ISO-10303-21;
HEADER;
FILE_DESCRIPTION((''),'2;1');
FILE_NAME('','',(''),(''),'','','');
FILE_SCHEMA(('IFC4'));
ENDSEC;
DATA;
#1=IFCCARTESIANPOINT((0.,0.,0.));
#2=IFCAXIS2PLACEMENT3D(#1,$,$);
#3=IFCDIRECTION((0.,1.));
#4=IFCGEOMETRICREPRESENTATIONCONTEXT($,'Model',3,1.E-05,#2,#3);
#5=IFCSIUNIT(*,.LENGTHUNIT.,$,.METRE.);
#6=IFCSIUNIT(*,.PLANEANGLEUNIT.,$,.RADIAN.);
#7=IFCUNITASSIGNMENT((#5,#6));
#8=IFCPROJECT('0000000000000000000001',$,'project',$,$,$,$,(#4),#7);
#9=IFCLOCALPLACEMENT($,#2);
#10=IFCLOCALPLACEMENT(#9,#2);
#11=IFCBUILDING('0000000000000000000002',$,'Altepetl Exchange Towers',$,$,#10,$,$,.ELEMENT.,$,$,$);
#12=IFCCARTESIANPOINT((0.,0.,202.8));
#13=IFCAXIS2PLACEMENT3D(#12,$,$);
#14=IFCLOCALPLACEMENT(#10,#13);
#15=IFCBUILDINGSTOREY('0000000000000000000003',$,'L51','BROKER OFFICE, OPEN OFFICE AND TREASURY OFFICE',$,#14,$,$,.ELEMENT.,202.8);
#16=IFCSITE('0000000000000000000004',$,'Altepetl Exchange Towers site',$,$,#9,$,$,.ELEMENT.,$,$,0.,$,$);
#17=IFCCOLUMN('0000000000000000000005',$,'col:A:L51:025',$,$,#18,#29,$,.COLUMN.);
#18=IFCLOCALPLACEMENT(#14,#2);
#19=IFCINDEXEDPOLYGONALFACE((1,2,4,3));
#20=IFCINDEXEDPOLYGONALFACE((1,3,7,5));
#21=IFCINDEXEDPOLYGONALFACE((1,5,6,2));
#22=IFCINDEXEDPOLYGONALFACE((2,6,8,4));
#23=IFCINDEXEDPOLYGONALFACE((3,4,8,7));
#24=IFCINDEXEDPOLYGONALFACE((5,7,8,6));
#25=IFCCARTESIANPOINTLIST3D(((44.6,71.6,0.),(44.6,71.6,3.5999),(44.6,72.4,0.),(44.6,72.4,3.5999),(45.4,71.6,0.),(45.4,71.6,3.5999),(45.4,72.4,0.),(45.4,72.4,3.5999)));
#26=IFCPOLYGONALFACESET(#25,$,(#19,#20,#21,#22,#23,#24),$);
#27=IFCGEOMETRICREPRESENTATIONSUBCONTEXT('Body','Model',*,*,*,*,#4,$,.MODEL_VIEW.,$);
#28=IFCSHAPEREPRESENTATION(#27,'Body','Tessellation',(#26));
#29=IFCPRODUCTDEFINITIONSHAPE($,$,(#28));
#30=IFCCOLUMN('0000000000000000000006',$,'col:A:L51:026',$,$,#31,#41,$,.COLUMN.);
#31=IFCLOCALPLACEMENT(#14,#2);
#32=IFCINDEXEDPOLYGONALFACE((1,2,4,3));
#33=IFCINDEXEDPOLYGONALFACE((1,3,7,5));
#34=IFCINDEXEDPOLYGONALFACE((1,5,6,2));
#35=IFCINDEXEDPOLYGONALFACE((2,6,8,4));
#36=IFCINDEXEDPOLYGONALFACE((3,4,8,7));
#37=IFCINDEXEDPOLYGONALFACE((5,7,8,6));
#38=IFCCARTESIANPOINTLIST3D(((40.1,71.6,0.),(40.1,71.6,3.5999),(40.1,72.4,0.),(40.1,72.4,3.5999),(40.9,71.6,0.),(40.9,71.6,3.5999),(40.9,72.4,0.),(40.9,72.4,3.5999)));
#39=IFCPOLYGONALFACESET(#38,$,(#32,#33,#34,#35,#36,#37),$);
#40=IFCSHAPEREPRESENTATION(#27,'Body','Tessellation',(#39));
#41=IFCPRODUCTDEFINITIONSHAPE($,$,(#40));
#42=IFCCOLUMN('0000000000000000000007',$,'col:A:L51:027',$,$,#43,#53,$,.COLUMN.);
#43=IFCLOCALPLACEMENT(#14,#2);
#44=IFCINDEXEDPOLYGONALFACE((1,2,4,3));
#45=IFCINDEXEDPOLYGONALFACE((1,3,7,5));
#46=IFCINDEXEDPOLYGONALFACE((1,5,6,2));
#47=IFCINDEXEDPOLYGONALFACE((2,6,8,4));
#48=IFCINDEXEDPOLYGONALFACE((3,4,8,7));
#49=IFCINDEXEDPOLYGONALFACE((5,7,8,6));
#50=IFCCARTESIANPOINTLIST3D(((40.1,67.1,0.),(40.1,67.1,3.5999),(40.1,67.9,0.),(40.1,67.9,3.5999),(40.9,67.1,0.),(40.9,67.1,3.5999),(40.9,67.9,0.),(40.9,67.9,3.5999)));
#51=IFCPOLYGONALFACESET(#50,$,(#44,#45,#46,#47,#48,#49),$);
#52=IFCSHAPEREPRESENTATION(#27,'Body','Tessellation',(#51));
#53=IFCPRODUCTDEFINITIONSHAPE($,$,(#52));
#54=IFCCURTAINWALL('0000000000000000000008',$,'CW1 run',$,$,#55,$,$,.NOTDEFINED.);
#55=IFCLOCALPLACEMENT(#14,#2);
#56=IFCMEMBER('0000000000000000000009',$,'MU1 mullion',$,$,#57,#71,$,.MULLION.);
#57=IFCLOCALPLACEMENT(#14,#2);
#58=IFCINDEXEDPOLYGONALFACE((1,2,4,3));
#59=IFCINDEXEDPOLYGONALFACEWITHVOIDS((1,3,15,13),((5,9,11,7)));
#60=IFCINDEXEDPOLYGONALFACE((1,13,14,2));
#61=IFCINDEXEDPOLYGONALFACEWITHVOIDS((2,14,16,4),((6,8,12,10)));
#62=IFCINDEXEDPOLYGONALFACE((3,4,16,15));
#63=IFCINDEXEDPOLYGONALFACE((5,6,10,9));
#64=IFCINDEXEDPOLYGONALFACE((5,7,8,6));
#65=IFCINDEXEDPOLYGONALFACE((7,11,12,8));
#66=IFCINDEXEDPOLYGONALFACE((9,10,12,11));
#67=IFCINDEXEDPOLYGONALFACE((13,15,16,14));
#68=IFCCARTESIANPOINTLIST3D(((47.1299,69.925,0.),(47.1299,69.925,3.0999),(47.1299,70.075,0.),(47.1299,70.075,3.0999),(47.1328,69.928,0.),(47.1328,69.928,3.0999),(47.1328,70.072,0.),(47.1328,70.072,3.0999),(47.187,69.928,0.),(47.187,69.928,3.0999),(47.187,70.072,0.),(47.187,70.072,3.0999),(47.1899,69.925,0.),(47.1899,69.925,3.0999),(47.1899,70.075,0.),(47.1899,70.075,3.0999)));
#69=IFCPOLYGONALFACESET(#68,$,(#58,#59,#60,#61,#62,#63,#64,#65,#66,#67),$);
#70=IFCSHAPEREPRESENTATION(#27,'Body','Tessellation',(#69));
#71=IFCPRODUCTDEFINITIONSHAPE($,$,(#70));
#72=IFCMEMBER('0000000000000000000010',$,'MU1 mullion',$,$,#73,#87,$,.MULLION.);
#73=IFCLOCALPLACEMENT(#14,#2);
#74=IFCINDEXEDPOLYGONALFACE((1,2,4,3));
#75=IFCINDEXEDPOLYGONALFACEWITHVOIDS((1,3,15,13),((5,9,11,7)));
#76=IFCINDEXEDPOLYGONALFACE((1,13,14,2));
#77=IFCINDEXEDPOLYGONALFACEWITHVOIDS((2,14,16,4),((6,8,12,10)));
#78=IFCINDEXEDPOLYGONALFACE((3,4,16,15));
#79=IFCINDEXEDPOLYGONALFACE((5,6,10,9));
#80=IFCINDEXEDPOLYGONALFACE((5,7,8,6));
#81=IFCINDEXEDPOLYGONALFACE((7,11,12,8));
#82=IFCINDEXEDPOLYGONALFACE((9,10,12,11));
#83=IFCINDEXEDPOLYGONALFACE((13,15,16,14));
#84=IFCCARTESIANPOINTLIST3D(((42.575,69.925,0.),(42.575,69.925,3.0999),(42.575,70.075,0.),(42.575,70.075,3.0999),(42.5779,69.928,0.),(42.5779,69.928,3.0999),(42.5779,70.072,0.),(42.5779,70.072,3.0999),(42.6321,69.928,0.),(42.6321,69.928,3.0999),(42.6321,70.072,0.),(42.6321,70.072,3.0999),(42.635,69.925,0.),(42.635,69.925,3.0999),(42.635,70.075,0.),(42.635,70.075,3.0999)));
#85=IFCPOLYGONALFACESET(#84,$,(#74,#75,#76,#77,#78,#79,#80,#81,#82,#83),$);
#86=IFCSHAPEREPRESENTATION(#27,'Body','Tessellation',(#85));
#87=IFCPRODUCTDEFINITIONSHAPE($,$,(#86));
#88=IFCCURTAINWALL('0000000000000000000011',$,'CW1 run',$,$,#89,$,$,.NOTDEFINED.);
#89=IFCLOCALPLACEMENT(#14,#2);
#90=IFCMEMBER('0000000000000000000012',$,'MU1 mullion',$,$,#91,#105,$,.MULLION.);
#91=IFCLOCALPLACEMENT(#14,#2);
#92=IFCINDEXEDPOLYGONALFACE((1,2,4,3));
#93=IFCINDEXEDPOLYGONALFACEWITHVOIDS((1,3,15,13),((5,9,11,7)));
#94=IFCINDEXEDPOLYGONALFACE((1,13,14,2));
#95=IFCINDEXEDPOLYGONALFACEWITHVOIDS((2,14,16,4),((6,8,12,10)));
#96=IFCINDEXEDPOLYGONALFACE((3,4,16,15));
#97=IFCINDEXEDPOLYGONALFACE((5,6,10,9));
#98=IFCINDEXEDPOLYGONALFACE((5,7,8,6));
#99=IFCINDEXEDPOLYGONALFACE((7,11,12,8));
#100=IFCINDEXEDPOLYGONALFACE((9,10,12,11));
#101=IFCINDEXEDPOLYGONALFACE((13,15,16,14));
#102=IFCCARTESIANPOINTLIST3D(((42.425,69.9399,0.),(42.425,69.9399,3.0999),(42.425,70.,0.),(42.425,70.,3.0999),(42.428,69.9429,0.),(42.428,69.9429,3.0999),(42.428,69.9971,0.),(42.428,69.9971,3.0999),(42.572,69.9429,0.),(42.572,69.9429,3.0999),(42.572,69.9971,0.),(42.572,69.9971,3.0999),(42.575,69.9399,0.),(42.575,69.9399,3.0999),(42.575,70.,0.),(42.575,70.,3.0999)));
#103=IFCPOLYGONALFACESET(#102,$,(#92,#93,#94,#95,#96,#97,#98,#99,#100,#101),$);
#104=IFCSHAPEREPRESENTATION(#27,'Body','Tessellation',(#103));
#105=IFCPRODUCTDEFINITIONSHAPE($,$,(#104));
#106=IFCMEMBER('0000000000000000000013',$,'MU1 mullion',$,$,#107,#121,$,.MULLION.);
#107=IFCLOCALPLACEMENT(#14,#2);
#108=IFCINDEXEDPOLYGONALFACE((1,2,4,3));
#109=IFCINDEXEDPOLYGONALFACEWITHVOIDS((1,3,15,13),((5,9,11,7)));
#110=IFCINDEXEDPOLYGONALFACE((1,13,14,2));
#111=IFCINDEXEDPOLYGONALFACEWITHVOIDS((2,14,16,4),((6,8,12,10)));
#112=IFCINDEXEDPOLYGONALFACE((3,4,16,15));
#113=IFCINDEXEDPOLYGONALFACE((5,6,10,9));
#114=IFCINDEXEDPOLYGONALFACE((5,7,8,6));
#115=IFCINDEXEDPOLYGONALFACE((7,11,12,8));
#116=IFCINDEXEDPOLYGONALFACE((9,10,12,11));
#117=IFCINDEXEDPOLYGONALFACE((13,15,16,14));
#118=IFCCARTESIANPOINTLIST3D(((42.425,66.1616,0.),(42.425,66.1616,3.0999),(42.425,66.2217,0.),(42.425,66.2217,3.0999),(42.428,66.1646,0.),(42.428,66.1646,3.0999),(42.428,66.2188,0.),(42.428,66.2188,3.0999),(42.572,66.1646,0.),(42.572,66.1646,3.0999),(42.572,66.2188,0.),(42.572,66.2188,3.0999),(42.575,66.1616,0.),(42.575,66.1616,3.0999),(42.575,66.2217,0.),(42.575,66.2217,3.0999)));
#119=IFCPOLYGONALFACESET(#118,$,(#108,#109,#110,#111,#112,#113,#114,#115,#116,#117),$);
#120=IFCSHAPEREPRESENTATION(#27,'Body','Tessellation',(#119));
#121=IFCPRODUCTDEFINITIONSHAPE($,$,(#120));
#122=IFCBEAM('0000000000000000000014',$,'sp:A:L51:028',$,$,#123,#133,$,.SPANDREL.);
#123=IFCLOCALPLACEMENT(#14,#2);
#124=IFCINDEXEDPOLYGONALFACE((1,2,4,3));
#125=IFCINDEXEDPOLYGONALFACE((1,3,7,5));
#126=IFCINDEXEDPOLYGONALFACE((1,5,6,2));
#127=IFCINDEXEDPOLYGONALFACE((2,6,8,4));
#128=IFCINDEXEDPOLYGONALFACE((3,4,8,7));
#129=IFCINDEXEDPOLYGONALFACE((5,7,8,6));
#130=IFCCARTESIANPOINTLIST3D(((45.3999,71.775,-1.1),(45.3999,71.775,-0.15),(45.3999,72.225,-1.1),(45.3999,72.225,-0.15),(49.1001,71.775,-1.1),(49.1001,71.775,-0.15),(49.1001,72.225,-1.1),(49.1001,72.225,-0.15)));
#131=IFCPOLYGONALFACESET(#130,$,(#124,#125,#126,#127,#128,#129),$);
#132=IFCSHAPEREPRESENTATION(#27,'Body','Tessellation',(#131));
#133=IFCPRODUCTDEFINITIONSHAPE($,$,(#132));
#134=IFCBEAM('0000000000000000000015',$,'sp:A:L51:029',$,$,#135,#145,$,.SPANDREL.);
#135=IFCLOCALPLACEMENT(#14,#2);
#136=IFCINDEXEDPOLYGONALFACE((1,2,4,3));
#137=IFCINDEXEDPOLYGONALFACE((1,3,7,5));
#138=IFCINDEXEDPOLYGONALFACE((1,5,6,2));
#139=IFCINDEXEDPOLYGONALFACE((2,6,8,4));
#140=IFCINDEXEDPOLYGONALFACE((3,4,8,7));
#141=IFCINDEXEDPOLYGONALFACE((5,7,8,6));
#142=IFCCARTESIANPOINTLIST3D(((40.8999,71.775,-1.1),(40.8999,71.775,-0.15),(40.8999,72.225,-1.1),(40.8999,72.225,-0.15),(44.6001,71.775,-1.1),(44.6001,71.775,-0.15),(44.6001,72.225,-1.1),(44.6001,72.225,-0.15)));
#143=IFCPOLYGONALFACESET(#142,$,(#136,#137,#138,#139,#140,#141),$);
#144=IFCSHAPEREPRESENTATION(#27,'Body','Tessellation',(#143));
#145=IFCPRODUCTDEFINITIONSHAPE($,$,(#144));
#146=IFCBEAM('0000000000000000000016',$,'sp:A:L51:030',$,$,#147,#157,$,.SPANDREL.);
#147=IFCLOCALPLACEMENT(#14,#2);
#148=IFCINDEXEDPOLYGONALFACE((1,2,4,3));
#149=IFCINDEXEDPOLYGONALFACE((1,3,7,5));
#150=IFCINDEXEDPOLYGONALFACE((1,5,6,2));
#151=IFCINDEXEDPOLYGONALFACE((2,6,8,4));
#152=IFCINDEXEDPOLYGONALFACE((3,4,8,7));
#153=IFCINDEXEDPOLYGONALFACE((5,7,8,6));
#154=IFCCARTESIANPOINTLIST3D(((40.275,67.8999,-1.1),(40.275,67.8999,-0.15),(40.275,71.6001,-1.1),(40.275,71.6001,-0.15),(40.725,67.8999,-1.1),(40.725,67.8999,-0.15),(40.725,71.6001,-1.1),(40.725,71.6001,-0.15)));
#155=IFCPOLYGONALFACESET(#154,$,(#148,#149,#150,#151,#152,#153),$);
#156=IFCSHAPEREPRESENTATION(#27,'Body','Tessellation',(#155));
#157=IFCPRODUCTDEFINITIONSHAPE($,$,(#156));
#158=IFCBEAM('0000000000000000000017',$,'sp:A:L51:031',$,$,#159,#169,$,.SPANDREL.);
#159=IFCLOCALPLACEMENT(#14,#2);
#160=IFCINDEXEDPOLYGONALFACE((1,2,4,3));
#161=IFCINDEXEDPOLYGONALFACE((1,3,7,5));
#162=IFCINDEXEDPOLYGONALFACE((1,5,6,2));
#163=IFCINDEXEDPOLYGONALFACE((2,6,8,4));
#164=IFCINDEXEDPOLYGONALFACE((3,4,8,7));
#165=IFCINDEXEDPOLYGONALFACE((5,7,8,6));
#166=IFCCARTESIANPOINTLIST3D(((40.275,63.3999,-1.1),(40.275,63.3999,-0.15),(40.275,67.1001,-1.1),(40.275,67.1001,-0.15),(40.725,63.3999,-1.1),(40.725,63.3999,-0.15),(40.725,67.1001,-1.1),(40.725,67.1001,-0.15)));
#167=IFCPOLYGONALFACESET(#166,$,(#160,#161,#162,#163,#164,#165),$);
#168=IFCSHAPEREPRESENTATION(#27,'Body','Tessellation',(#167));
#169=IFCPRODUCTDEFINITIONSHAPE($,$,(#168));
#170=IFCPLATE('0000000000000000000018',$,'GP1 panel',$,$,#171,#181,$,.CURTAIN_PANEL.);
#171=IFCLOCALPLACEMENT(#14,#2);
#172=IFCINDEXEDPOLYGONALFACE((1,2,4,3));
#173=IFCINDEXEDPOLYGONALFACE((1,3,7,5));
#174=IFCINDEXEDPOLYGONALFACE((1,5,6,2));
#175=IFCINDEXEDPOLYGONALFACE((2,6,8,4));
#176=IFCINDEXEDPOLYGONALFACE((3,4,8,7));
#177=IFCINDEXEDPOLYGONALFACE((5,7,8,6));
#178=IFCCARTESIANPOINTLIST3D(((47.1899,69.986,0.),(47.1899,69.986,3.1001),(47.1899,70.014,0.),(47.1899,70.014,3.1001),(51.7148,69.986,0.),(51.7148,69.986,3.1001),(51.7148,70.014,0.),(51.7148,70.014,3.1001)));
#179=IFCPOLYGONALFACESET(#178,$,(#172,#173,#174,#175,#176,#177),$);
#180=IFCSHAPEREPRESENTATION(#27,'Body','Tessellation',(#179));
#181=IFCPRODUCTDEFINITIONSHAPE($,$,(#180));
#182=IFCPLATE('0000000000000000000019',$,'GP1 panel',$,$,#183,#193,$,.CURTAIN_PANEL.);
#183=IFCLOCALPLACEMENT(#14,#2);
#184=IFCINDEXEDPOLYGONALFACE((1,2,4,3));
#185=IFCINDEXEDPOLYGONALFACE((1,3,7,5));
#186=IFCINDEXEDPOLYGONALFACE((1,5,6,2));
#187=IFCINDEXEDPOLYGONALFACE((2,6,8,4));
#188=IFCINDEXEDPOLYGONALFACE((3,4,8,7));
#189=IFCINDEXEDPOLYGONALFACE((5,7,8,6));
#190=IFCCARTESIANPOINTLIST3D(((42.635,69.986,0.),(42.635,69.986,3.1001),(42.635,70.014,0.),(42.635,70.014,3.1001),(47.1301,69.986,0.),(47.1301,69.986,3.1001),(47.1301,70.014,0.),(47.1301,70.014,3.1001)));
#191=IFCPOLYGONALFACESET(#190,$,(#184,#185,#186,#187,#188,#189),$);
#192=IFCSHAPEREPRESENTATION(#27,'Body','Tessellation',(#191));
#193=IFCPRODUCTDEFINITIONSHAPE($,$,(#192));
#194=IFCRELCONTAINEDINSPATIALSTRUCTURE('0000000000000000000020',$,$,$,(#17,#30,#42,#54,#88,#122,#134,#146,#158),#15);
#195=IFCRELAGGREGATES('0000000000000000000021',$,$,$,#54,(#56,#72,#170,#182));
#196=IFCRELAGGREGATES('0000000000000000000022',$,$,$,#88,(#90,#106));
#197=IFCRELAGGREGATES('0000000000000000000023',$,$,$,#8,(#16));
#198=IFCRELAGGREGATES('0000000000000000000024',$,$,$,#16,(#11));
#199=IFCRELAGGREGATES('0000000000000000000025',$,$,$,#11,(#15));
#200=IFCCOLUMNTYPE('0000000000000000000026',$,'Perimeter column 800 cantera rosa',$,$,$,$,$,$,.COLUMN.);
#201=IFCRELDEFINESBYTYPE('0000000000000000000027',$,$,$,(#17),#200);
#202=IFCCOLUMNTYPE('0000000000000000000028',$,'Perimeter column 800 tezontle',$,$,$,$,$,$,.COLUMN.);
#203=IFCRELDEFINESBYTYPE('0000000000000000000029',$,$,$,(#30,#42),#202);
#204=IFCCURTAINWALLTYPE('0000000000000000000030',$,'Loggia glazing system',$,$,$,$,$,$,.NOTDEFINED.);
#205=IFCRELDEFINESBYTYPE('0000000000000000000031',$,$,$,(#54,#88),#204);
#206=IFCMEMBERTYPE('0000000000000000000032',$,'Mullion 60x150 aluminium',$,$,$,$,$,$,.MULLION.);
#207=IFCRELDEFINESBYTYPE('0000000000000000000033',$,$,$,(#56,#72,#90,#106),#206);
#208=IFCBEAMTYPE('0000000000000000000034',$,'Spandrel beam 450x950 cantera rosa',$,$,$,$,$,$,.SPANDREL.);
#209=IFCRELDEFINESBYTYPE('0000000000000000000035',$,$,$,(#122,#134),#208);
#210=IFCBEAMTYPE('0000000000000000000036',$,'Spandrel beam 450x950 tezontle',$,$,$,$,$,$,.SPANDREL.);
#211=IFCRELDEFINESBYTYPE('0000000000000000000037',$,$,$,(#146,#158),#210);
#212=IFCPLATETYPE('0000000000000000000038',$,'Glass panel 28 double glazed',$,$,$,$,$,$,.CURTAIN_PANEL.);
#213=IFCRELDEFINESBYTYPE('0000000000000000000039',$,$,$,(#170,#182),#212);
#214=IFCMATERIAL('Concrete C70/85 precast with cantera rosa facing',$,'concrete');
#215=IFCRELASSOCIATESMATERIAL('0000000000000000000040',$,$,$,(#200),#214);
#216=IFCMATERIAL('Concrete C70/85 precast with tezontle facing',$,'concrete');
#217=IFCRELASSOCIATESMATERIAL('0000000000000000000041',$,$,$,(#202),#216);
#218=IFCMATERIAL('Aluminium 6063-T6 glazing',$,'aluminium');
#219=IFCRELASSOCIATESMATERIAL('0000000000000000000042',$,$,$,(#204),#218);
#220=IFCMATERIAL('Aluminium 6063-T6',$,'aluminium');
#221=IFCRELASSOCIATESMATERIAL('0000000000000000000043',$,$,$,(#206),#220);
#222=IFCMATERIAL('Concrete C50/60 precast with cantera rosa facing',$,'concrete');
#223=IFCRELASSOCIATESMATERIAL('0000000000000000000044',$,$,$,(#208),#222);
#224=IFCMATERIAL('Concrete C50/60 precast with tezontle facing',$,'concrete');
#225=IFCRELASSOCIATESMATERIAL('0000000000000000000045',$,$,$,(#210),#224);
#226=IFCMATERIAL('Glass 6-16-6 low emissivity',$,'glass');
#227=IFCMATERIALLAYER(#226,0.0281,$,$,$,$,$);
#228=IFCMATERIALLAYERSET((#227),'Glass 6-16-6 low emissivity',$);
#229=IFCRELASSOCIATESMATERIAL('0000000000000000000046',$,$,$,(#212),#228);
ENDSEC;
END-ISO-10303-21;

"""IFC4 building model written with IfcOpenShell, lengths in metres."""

from ifc_helpers import new_model, si_unit, direction, frame, origin, origin_2d, place, context, subcontext, project, spatial, rectangle, hollow_rectangle, extrude, material, layer, layer_set, material_profile, profile_set, type_object, element, aggregate, save


model = new_model("IFC4")

# Units and contexts
model_context = context("Model", 3, precision=1e-05, world=origin(), true_north=direction((0.0, 1.0)))
body_context = subcontext(model_context, "Body", "Model", "MODEL_VIEW")
ifc_project = project(units=[si_unit("LENGTHUNIT", "METRE"), si_unit("PLANEANGLEUNIT", "RADIAN")], contexts=[model_context])

# Site, building, storey
site_placement = place(None, origin())
site = spatial("IfcSite", under=ifc_project, at=site_placement, Name="Altepetl Exchange Towers site", CompositionType="ELEMENT", RefElevation=0.0)
building_placement = place(site_placement, origin())
building = spatial("IfcBuilding", under=site, at=building_placement, Name="Altepetl Exchange Towers", CompositionType="ELEMENT")
storey_placement = place(building_placement, frame((0.0, 0.0, 202.8)))
storey = spatial("IfcBuildingStorey", under=building, at=storey_placement, Name="L51", Description="BROKER OFFICE, OPEN OFFICE AND TREASURY OFFICE", CompositionType="ELEMENT", Elevation=202.8)

# Columns
ifc_material_1 = material(Name="Concrete C70/85 precast with cantera rosa facing", Category="concrete")
ifc_material_profile_1 = material_profile(ifc_material_1, rectangle(XDim=0.8, YDim=0.8, at=origin_2d()), Name="800 x 800")
ifc_profile_set_1 = profile_set([ifc_material_profile_1], Name="Concrete C70/85 precast with cantera rosa facing")
column_type_1 = type_object("IfcColumnType", Name="Perimeter column 800 cantera rosa", PredefinedType="COLUMN", material=ifc_profile_set_1)
column_placement = place(storey_placement, frame((45.0, 72.0, 0.0)))
element("IfcColumn", 1, at=column_placement, inside=storey, type_object=column_type_1, Name="col:A:L51:025", PredefinedType="COLUMN", context=body_context, shape_type="SweptSolid", body=[
    extrude(rectangle(XDim=0.8, YDim=0.8, at=origin_2d()), origin(), (0.0, 0.0, 1.0), 3.5999),
])
ifc_material_2 = material(Name="Concrete C70/85 precast with tezontle facing", Category="concrete")
ifc_material_profile_2 = material_profile(ifc_material_2, rectangle(XDim=0.8, YDim=0.8, at=origin_2d()), Name="800 x 800")
ifc_profile_set_2 = profile_set([ifc_material_profile_2], Name="Concrete C70/85 precast with tezontle facing")
column_type_2 = type_object("IfcColumnType", Name="Perimeter column 800 tezontle", PredefinedType="COLUMN", material=ifc_profile_set_2)
for number, where, name in (
    (2, (40.5, 72.0, 0.0), "col:A:L51:026"),
    (3, (40.5, 67.5, 0.0), "col:A:L51:027"),
):
    element("IfcColumn", number, at=place(storey_placement, frame(where)), inside=storey, type_object=column_type_2, Name=name, PredefinedType="COLUMN", context=body_context, shape_type="SweptSolid", body=[
        extrude(rectangle(XDim=0.8, YDim=0.8, at=origin_2d()), origin(), (0.0, 0.0, 1.0), 3.5999),
    ])

# Curtain walls, members
ifc_material_3 = material(Name="Aluminium 6063-T6 glazing", Category="aluminium")
curtain_wall_type = type_object("IfcCurtainWallType", Name="Loggia glazing system", PredefinedType="NOTDEFINED", material=ifc_material_3)
curtain_wall_1_placement = place(storey_placement, origin())
curtain_wall_1 = element("IfcCurtainWall", 4, at=curtain_wall_1_placement, inside=storey, type_object=curtain_wall_type, Name="CW1 run", PredefinedType="NOTDEFINED")
ifc_material_4 = material(Name="Aluminium 6063-T6", Category="aluminium")
ifc_material_profile_3 = material_profile(ifc_material_4, hollow_rectangle(XDim=0.0601, YDim=0.1499, WallThickness=0.0029, at=origin_2d()), Name="Mullion 60x150 aluminium")
ifc_profile_set_3 = profile_set([ifc_material_profile_3], Name="Aluminium 6063-T6")
member_type = type_object("IfcMemberType", Name="Mullion 60x150 aluminium", PredefinedType="MULLION", material=ifc_profile_set_3)
member_1_placement = place(storey_placement, frame((47.1599, 70.0, 0.0), z_axis=(0.0, 0.0, 1.0), x_axis=(-1.0, 0.0, 0.0)))
member_1 = element("IfcMember", 5, at=member_1_placement, type_object=member_type, Name="MU1 mullion", PredefinedType="MULLION", context=body_context, shape_type="SweptSolid", body=[
    extrude(hollow_rectangle(XDim=0.0601, YDim=0.1499, WallThickness=0.0029, at=origin_2d()), origin(), (0.0, 0.0, 1.0), 3.0999),
])
member_2_placement = place(storey_placement, frame((42.605, 70.0, 0.0), z_axis=(0.0, 0.0, 1.0), x_axis=(-1.0, 0.0, 0.0)))
member_2 = element("IfcMember", 6, at=member_2_placement, type_object=member_type, Name="MU1 mullion", PredefinedType="MULLION", context=body_context, shape_type="SweptSolid", body=[
    extrude(hollow_rectangle(XDim=0.0601, YDim=0.1499, WallThickness=0.0029, at=origin_2d()), origin(), (0.0, 0.0, 1.0), 3.0999),
])
curtain_wall_2_placement = place(storey_placement, origin())
curtain_wall_2 = element("IfcCurtainWall", 7, at=curtain_wall_2_placement, inside=storey, type_object=curtain_wall_type, Name="CW1 run", PredefinedType="NOTDEFINED")
member_3_placement = place(storey_placement, frame((42.5, 69.97, 0.0), z_axis=(0.0, 0.0, 1.0), x_axis=(0.0, -1.0, 0.0)))
member_3 = element("IfcMember", 8, at=member_3_placement, type_object=member_type, Name="MU1 mullion", PredefinedType="MULLION", context=body_context, shape_type="SweptSolid", body=[
    extrude(hollow_rectangle(XDim=0.0601, YDim=0.1499, WallThickness=0.0029, at=origin_2d()), origin(), (0.0, 0.0, 1.0), 3.0999),
])
member_4_placement = place(storey_placement, frame((42.5, 66.1917, 0.0), z_axis=(0.0, 0.0, 1.0), x_axis=(0.0, -1.0, 0.0)))
member_4 = element("IfcMember", 9, at=member_4_placement, type_object=member_type, Name="MU1 mullion", PredefinedType="MULLION", context=body_context, shape_type="SweptSolid", body=[
    extrude(hollow_rectangle(XDim=0.0601, YDim=0.1499, WallThickness=0.0029, at=origin_2d()), origin(), (0.0, 0.0, 1.0), 3.0999),
])

# Beams
ifc_material_5 = material(Name="Concrete C50/60 precast with cantera rosa facing", Category="concrete")
ifc_material_profile_4 = material_profile(ifc_material_5, rectangle(XDim=0.45, YDim=0.95, at=origin_2d()), Name="450 x 950")
ifc_profile_set_4 = profile_set([ifc_material_profile_4], Name="Concrete C50/60 precast with cantera rosa facing")
beam_type_1 = type_object("IfcBeamType", Name="Spandrel beam 450x950 cantera rosa", PredefinedType="SPANDREL", material=ifc_profile_set_4)
for number, where, z_axis, x_axis, name in (
    (10, (49.1001, 72.0, -0.625), (-1.0, 0.0, 0.0), (0.0, -1.0, 0.0), "sp:A:L51:028"),
    (11, (44.6001, 72.0, -0.625), (-1.0, 0.0, 0.0), (0.0, -1.0, 0.0), "sp:A:L51:029"),
):
    element("IfcBeam", number, at=place(storey_placement, frame(where, z_axis=z_axis, x_axis=x_axis)), inside=storey, type_object=beam_type_1, Name=name, PredefinedType="SPANDREL", context=body_context, shape_type="SweptSolid", body=[
        extrude(rectangle(XDim=0.45, YDim=0.95, at=origin_2d()), origin(), (0.0, 0.0, 1.0), 3.7002),
    ])
ifc_material_6 = material(Name="Concrete C50/60 precast with tezontle facing", Category="concrete")
ifc_material_profile_5 = material_profile(ifc_material_6, rectangle(XDim=0.45, YDim=0.95, at=origin_2d()), Name="450 x 950")
ifc_profile_set_5 = profile_set([ifc_material_profile_5], Name="Concrete C50/60 precast with tezontle facing")
beam_type_2 = type_object("IfcBeamType", Name="Spandrel beam 450x950 tezontle", PredefinedType="SPANDREL", material=ifc_profile_set_5)
for number, where, z_axis, x_axis, name in (
    (12, (40.5, 71.6001, -0.625), (0.0, -1.0, 0.0), (1.0, 0.0, 0.0), "sp:A:L51:030"),
    (13, (40.5, 67.1001, -0.625), (0.0, -1.0, 0.0), (1.0, 0.0, 0.0), "sp:A:L51:031"),
):
    element("IfcBeam", number, at=place(storey_placement, frame(where, z_axis=z_axis, x_axis=x_axis)), inside=storey, type_object=beam_type_2, Name=name, PredefinedType="SPANDREL", context=body_context, shape_type="SweptSolid", body=[
        extrude(rectangle(XDim=0.45, YDim=0.95, at=origin_2d()), origin(), (0.0, 0.0, 1.0), 3.7002),
    ])

# Plates
ifc_material_7 = material(Name="Glass 6-16-6 low emissivity", Category="glass")
ifc_layer = layer(ifc_material_7, 0.0281)
ifc_layer_set = layer_set([ifc_layer], Name="Glass 6-16-6 low emissivity")
plate_type = type_object("IfcPlateType", Name="Glass panel 28 double glazed", PredefinedType="CURTAIN_PANEL", material=ifc_layer_set)
plate_1_placement = place(storey_placement, frame((49.4524, 70.0, 0.0), z_axis=(0.0, 0.0, 1.0), x_axis=(-1.0, 0.0, 0.0)))
plate_1 = element("IfcPlate", 14, at=plate_1_placement, type_object=plate_type, Name="GP1 panel", PredefinedType="CURTAIN_PANEL", context=body_context, shape_type="SweptSolid", body=[
    extrude(rectangle(XDim=4.5249, YDim=0.0281, at=origin_2d()), origin(), (0.0, 0.0, 1.0), 3.1001),
])
plate_2_placement = place(storey_placement, frame((44.8826, 70.0, 0.0), z_axis=(0.0, 0.0, 1.0), x_axis=(-1.0, 0.0, 0.0)))
plate_2 = element("IfcPlate", 15, at=plate_2_placement, type_object=plate_type, Name="GP1 panel", PredefinedType="CURTAIN_PANEL", context=body_context, shape_type="SweptSolid", body=[
    extrude(rectangle(XDim=4.4951, YDim=0.0281, at=origin_2d()), origin(), (0.0, 0.0, 1.0), 3.1001),
])
aggregate(curtain_wall_1, [member_1, member_2, plate_1, plate_2])
aggregate(curtain_wall_2, [member_3, member_4])

save(model, "model.ifc")
